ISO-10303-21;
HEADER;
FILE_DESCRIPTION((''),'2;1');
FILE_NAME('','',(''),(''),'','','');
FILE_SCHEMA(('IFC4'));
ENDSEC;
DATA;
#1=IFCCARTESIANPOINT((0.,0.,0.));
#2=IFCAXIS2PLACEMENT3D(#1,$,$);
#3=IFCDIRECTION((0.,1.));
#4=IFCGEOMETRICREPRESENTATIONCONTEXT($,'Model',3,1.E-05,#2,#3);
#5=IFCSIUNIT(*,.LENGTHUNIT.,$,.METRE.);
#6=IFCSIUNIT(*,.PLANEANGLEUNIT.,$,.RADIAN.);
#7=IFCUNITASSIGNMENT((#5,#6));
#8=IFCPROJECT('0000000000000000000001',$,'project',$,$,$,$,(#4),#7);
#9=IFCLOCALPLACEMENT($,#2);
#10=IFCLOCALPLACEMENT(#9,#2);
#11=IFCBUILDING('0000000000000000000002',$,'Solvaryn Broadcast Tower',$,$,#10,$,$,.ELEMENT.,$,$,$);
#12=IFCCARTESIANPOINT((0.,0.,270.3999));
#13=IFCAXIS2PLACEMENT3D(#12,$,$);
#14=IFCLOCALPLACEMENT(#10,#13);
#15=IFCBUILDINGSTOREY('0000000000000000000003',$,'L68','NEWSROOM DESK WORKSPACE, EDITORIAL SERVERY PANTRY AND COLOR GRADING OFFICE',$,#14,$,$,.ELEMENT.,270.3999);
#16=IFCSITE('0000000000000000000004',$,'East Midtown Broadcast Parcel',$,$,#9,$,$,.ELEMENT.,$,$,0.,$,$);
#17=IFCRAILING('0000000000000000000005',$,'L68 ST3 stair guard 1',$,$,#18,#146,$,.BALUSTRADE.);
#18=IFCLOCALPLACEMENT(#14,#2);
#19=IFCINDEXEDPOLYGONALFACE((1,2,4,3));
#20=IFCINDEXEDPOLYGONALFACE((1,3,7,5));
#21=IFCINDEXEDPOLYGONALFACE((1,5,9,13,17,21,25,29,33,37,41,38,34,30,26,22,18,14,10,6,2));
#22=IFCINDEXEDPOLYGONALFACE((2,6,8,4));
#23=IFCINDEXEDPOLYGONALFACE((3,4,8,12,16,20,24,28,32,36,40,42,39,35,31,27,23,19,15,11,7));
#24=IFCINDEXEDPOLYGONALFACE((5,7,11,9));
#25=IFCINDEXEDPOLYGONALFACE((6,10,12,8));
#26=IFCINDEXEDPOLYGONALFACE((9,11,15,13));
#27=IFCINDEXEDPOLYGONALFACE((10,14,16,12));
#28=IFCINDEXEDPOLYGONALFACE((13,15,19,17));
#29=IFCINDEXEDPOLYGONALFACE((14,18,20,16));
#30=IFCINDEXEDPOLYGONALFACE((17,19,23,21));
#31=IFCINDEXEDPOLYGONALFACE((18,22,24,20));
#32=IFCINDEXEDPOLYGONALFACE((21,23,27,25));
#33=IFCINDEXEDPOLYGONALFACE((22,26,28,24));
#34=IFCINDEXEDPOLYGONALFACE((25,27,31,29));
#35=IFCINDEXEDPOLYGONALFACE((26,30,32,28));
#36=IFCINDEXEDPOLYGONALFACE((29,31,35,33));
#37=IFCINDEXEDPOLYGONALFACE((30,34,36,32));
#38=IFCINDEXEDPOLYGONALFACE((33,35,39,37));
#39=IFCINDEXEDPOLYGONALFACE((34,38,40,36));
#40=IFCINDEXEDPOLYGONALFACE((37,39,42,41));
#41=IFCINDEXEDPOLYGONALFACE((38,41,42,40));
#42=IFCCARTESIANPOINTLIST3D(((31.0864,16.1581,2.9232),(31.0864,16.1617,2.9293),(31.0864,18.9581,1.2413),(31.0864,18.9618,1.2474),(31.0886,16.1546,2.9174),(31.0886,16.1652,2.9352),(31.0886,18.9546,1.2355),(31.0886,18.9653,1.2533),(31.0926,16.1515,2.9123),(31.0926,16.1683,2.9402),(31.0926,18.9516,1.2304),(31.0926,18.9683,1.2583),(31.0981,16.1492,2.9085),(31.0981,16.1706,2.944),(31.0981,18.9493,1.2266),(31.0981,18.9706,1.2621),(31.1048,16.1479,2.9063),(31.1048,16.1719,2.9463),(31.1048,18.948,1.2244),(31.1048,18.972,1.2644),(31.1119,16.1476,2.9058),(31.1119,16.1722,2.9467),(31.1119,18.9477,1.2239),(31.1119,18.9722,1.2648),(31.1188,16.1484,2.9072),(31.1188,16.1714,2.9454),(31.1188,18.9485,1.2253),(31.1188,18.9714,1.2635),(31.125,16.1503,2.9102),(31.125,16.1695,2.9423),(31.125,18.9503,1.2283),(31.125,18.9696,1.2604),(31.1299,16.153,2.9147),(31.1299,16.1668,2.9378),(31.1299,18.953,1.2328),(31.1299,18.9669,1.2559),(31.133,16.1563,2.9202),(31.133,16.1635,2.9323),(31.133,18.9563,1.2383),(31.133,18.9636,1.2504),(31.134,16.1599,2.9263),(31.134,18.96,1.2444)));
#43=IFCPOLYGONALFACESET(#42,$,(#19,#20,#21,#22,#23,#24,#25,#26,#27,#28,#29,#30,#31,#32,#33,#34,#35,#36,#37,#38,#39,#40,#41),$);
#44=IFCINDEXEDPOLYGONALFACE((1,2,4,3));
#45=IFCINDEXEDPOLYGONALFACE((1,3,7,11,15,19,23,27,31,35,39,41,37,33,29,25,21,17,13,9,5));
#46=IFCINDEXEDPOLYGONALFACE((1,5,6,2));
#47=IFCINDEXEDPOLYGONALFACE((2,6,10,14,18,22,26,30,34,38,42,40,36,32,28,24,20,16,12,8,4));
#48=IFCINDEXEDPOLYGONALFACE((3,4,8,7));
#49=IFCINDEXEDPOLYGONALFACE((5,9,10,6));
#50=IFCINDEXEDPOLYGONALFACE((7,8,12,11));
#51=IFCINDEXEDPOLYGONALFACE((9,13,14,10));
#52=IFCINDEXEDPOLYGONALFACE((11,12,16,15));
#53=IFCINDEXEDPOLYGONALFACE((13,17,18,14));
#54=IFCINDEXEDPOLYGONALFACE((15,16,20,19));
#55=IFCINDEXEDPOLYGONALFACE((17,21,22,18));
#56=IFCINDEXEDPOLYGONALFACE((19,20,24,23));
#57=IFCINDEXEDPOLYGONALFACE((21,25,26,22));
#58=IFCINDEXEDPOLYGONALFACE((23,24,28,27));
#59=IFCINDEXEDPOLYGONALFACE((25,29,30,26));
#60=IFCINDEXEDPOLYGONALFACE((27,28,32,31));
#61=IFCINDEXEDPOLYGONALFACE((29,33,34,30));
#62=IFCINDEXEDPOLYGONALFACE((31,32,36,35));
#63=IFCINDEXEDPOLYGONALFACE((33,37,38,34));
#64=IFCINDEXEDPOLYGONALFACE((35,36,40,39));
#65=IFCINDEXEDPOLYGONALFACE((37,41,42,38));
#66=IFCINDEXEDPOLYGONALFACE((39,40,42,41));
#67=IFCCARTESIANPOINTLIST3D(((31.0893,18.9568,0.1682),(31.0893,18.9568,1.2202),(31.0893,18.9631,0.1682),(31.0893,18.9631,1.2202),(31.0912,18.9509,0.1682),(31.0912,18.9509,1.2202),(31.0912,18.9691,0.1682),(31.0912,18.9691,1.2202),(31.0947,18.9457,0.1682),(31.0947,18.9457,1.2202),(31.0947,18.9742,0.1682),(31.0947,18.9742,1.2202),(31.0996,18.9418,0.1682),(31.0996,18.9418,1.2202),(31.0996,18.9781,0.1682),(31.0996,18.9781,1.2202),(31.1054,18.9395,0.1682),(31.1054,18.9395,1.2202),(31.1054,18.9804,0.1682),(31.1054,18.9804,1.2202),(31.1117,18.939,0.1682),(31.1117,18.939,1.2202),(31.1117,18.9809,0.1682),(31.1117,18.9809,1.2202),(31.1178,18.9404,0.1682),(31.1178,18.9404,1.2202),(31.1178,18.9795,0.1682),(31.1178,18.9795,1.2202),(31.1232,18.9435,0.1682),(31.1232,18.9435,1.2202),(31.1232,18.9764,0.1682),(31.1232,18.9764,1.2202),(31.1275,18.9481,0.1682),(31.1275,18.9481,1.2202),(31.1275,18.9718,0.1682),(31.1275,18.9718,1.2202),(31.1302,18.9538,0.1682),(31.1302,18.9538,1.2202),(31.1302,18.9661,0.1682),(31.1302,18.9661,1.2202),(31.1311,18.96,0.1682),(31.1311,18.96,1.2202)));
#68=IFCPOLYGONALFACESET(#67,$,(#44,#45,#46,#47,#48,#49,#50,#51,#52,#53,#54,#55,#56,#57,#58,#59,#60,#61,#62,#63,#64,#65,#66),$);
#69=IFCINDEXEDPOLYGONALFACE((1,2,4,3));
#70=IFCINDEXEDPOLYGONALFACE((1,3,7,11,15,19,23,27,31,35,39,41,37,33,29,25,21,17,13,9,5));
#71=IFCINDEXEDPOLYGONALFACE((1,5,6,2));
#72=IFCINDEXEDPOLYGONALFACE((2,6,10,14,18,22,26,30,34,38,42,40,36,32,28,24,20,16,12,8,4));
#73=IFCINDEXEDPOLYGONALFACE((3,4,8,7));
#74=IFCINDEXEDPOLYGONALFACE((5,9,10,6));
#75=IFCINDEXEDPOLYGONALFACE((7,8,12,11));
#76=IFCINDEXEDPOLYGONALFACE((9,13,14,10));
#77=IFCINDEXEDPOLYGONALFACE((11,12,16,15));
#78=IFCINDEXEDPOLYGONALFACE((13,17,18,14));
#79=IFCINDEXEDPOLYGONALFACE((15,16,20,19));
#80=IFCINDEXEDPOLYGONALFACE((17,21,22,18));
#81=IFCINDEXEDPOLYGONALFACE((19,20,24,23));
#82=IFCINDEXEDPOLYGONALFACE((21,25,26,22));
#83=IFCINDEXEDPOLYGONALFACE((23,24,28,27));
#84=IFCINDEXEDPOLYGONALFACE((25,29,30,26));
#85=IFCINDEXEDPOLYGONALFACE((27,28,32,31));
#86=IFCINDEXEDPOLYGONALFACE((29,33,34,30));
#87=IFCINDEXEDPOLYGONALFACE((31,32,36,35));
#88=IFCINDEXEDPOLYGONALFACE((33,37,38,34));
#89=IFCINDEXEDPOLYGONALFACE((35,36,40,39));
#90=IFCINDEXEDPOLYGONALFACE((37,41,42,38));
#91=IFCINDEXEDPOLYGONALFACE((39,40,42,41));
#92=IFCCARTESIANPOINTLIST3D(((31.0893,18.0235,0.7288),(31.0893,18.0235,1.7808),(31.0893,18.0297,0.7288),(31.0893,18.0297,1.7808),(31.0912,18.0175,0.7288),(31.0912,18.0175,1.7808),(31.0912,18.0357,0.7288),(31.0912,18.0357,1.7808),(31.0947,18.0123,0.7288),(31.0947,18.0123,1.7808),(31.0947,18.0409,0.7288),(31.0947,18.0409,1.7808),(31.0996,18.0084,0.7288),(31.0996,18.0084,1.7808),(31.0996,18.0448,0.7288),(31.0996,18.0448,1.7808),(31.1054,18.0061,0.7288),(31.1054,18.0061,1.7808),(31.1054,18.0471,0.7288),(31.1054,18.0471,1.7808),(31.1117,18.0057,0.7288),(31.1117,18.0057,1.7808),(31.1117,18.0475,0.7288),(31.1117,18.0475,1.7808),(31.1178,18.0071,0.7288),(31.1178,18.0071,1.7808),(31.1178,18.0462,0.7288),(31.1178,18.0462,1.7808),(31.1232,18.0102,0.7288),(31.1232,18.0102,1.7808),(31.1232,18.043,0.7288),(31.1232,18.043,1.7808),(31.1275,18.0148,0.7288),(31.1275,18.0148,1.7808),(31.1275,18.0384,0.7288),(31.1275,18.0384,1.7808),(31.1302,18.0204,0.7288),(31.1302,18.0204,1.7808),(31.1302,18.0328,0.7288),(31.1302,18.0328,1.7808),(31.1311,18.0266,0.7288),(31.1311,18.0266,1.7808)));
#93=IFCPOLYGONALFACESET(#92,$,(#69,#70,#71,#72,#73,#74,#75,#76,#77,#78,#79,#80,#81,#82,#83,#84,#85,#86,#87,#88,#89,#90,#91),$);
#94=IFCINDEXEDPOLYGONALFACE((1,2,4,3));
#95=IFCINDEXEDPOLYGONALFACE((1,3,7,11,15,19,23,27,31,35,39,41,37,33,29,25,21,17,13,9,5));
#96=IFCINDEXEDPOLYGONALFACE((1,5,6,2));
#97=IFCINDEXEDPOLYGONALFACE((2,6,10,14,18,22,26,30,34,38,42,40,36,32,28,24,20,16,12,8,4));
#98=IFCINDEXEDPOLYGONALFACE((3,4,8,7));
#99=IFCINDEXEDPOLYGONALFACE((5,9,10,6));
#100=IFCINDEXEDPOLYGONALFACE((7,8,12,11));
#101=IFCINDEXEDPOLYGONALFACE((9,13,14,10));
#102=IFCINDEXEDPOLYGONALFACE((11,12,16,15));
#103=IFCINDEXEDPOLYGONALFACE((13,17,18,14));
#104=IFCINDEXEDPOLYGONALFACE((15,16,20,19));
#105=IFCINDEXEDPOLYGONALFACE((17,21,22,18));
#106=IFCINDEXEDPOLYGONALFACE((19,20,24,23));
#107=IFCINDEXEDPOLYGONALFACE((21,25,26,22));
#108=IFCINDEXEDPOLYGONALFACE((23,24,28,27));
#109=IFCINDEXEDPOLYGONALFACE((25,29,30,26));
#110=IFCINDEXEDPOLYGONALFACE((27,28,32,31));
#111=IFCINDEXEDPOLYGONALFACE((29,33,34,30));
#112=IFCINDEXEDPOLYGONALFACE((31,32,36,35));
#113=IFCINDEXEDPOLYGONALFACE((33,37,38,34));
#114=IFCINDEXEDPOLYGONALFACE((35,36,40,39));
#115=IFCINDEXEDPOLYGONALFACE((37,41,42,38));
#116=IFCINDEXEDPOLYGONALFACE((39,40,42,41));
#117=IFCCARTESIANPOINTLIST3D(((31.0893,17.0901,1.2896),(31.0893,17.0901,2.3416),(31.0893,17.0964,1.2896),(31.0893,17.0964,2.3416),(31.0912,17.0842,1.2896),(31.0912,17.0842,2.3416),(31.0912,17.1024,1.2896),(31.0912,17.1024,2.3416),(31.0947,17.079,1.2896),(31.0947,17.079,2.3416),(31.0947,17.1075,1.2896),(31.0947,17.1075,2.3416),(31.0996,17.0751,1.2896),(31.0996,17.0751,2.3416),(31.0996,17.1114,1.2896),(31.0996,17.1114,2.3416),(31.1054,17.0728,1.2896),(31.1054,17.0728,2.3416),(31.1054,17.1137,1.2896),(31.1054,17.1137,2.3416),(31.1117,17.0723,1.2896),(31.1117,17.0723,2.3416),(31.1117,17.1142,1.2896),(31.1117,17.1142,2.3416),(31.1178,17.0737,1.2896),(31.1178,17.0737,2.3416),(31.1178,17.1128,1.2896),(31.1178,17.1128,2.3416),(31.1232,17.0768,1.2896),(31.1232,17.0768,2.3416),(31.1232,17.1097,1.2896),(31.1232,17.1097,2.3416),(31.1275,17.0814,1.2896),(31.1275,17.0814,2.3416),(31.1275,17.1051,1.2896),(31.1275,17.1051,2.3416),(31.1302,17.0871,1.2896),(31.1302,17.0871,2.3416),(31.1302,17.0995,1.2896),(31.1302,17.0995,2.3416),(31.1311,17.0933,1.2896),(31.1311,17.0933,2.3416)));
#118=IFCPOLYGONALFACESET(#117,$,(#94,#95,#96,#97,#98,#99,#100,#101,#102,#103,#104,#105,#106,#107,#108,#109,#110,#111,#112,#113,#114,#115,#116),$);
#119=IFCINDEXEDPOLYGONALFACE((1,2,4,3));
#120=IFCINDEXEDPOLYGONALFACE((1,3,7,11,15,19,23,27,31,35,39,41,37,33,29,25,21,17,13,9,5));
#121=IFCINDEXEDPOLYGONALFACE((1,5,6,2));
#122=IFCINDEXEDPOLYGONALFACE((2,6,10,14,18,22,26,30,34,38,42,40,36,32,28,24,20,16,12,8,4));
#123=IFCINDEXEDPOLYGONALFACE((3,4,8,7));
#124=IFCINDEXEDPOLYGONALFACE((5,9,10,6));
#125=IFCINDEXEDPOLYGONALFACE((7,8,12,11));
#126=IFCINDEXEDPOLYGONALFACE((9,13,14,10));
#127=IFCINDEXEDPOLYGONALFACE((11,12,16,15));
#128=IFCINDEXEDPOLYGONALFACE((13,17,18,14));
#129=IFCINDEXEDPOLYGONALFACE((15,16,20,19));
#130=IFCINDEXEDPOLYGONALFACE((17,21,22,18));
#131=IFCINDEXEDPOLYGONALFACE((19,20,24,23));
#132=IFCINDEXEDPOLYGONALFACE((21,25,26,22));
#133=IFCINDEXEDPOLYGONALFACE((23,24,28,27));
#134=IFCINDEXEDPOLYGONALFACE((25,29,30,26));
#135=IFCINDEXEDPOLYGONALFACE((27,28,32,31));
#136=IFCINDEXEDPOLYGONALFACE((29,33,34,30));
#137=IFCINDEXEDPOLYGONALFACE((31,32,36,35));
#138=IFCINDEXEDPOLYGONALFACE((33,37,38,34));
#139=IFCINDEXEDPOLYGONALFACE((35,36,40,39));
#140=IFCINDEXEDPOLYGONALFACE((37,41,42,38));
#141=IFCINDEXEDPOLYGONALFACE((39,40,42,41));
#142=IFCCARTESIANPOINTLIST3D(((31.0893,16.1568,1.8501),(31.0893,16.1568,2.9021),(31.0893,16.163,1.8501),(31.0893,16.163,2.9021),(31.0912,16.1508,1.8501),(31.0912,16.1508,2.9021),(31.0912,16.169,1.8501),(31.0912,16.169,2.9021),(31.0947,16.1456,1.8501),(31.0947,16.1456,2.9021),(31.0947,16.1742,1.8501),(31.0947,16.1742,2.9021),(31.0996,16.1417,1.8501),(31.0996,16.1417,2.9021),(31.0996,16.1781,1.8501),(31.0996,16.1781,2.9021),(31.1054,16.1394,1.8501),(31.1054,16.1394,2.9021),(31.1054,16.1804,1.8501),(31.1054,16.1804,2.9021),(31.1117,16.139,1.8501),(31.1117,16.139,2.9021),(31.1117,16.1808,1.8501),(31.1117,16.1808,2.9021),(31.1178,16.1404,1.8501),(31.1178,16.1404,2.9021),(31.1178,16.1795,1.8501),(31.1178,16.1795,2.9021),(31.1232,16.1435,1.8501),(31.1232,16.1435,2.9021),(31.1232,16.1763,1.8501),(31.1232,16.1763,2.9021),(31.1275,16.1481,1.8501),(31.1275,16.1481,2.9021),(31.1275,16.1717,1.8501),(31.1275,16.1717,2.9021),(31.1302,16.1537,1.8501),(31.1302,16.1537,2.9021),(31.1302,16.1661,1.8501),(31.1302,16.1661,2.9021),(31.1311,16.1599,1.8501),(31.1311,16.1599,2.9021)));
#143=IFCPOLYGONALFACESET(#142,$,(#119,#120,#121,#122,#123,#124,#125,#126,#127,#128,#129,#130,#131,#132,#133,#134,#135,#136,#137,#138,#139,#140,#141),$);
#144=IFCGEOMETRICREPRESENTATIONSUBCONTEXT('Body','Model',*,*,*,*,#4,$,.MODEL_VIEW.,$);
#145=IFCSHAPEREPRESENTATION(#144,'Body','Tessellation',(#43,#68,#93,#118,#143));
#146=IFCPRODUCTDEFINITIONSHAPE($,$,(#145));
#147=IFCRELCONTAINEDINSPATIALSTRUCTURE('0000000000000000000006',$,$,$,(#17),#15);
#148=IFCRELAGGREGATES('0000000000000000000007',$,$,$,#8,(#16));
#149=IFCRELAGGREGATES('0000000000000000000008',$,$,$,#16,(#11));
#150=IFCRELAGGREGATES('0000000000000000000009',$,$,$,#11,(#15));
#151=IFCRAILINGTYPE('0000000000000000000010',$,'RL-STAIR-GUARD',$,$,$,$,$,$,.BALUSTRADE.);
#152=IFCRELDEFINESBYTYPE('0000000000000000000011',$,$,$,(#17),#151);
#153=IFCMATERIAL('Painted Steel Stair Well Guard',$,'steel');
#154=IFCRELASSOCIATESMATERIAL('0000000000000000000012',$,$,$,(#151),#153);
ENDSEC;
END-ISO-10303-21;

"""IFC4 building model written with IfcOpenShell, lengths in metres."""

from ifc_helpers import new_model, si_unit, direction, frame, origin, origin_2d, place, context, subcontext, project, spatial, circle, extrude, material, type_object, element, save


model = new_model("IFC4")

# Units and contexts
model_context = context("Model", 3, precision=1e-05, world=origin(), true_north=direction((0.0, 1.0)))
body_context = subcontext(model_context, "Body", "Model", "MODEL_VIEW")
ifc_project = project(units=[si_unit("LENGTHUNIT", "METRE"), si_unit("PLANEANGLEUNIT", "RADIAN")], contexts=[model_context])

# Site, building, storey
site_placement = place(None, origin())
site = spatial("IfcSite", under=ifc_project, at=site_placement, Name="East Midtown Broadcast Parcel", CompositionType="ELEMENT", RefElevation=0.0)
building_placement = place(site_placement, origin())
building = spatial("IfcBuilding", under=site, at=building_placement, Name="Solvaryn Broadcast Tower", CompositionType="ELEMENT")
storey_placement = place(building_placement, frame((0.0, 0.0, 270.3999)))
storey = spatial("IfcBuildingStorey", under=building, at=storey_placement, Name="L68", Description="NEWSROOM DESK WORKSPACE, EDITORIAL SERVERY PANTRY AND COLOR GRADING OFFICE", CompositionType="ELEMENT", Elevation=270.3999)

# Railing
ifc_material_1 = material(Name="Painted Steel Stair Well Guard", Category="steel")
railing_type_1 = type_object("IfcRailingType", Name="RL-STAIR-GUARD", PredefinedType="BALUSTRADE", material=ifc_material_1)
railing_1_placement = place(storey_placement, frame((31.1101, 18.96, 0.1682)))
element("IfcRailing", 1, at=railing_1_placement, inside=storey, type_object=railing_type_1, Name="L68 ST3 stair guard 1", PredefinedType="BALUSTRADE", context=body_context, shape_type="SweptSolid", body=[
    extrude(circle(Radius=0.0239, at=origin_2d()), frame((0.0, 0.0, 1.0762), z_axis=(0.0, -0.857242, 0.514913), x_axis=(1.0, 0.0, 0.0)), (0.0, 0.0, 1.0), 3.2664),
    extrude(circle(Radius=0.021, at=origin_2d()), origin(), (0.0, 0.0, 1.0), 1.052),
    extrude(circle(Radius=0.021, at=origin_2d()), frame((0.0, -0.9333, 0.5605)), (0.0, 0.0, 1.0), 1.052),
    extrude(circle(Radius=0.021, at=origin_2d()), frame((0.0, -1.8667, 1.1213)), (0.0, 0.0, 1.0), 1.052),
    extrude(circle(Radius=0.021, at=origin_2d()), frame((0.0, -2.8, 1.6819)), (0.0, 0.0, 1.0), 1.052),
])

save(model, "model.ifc")
